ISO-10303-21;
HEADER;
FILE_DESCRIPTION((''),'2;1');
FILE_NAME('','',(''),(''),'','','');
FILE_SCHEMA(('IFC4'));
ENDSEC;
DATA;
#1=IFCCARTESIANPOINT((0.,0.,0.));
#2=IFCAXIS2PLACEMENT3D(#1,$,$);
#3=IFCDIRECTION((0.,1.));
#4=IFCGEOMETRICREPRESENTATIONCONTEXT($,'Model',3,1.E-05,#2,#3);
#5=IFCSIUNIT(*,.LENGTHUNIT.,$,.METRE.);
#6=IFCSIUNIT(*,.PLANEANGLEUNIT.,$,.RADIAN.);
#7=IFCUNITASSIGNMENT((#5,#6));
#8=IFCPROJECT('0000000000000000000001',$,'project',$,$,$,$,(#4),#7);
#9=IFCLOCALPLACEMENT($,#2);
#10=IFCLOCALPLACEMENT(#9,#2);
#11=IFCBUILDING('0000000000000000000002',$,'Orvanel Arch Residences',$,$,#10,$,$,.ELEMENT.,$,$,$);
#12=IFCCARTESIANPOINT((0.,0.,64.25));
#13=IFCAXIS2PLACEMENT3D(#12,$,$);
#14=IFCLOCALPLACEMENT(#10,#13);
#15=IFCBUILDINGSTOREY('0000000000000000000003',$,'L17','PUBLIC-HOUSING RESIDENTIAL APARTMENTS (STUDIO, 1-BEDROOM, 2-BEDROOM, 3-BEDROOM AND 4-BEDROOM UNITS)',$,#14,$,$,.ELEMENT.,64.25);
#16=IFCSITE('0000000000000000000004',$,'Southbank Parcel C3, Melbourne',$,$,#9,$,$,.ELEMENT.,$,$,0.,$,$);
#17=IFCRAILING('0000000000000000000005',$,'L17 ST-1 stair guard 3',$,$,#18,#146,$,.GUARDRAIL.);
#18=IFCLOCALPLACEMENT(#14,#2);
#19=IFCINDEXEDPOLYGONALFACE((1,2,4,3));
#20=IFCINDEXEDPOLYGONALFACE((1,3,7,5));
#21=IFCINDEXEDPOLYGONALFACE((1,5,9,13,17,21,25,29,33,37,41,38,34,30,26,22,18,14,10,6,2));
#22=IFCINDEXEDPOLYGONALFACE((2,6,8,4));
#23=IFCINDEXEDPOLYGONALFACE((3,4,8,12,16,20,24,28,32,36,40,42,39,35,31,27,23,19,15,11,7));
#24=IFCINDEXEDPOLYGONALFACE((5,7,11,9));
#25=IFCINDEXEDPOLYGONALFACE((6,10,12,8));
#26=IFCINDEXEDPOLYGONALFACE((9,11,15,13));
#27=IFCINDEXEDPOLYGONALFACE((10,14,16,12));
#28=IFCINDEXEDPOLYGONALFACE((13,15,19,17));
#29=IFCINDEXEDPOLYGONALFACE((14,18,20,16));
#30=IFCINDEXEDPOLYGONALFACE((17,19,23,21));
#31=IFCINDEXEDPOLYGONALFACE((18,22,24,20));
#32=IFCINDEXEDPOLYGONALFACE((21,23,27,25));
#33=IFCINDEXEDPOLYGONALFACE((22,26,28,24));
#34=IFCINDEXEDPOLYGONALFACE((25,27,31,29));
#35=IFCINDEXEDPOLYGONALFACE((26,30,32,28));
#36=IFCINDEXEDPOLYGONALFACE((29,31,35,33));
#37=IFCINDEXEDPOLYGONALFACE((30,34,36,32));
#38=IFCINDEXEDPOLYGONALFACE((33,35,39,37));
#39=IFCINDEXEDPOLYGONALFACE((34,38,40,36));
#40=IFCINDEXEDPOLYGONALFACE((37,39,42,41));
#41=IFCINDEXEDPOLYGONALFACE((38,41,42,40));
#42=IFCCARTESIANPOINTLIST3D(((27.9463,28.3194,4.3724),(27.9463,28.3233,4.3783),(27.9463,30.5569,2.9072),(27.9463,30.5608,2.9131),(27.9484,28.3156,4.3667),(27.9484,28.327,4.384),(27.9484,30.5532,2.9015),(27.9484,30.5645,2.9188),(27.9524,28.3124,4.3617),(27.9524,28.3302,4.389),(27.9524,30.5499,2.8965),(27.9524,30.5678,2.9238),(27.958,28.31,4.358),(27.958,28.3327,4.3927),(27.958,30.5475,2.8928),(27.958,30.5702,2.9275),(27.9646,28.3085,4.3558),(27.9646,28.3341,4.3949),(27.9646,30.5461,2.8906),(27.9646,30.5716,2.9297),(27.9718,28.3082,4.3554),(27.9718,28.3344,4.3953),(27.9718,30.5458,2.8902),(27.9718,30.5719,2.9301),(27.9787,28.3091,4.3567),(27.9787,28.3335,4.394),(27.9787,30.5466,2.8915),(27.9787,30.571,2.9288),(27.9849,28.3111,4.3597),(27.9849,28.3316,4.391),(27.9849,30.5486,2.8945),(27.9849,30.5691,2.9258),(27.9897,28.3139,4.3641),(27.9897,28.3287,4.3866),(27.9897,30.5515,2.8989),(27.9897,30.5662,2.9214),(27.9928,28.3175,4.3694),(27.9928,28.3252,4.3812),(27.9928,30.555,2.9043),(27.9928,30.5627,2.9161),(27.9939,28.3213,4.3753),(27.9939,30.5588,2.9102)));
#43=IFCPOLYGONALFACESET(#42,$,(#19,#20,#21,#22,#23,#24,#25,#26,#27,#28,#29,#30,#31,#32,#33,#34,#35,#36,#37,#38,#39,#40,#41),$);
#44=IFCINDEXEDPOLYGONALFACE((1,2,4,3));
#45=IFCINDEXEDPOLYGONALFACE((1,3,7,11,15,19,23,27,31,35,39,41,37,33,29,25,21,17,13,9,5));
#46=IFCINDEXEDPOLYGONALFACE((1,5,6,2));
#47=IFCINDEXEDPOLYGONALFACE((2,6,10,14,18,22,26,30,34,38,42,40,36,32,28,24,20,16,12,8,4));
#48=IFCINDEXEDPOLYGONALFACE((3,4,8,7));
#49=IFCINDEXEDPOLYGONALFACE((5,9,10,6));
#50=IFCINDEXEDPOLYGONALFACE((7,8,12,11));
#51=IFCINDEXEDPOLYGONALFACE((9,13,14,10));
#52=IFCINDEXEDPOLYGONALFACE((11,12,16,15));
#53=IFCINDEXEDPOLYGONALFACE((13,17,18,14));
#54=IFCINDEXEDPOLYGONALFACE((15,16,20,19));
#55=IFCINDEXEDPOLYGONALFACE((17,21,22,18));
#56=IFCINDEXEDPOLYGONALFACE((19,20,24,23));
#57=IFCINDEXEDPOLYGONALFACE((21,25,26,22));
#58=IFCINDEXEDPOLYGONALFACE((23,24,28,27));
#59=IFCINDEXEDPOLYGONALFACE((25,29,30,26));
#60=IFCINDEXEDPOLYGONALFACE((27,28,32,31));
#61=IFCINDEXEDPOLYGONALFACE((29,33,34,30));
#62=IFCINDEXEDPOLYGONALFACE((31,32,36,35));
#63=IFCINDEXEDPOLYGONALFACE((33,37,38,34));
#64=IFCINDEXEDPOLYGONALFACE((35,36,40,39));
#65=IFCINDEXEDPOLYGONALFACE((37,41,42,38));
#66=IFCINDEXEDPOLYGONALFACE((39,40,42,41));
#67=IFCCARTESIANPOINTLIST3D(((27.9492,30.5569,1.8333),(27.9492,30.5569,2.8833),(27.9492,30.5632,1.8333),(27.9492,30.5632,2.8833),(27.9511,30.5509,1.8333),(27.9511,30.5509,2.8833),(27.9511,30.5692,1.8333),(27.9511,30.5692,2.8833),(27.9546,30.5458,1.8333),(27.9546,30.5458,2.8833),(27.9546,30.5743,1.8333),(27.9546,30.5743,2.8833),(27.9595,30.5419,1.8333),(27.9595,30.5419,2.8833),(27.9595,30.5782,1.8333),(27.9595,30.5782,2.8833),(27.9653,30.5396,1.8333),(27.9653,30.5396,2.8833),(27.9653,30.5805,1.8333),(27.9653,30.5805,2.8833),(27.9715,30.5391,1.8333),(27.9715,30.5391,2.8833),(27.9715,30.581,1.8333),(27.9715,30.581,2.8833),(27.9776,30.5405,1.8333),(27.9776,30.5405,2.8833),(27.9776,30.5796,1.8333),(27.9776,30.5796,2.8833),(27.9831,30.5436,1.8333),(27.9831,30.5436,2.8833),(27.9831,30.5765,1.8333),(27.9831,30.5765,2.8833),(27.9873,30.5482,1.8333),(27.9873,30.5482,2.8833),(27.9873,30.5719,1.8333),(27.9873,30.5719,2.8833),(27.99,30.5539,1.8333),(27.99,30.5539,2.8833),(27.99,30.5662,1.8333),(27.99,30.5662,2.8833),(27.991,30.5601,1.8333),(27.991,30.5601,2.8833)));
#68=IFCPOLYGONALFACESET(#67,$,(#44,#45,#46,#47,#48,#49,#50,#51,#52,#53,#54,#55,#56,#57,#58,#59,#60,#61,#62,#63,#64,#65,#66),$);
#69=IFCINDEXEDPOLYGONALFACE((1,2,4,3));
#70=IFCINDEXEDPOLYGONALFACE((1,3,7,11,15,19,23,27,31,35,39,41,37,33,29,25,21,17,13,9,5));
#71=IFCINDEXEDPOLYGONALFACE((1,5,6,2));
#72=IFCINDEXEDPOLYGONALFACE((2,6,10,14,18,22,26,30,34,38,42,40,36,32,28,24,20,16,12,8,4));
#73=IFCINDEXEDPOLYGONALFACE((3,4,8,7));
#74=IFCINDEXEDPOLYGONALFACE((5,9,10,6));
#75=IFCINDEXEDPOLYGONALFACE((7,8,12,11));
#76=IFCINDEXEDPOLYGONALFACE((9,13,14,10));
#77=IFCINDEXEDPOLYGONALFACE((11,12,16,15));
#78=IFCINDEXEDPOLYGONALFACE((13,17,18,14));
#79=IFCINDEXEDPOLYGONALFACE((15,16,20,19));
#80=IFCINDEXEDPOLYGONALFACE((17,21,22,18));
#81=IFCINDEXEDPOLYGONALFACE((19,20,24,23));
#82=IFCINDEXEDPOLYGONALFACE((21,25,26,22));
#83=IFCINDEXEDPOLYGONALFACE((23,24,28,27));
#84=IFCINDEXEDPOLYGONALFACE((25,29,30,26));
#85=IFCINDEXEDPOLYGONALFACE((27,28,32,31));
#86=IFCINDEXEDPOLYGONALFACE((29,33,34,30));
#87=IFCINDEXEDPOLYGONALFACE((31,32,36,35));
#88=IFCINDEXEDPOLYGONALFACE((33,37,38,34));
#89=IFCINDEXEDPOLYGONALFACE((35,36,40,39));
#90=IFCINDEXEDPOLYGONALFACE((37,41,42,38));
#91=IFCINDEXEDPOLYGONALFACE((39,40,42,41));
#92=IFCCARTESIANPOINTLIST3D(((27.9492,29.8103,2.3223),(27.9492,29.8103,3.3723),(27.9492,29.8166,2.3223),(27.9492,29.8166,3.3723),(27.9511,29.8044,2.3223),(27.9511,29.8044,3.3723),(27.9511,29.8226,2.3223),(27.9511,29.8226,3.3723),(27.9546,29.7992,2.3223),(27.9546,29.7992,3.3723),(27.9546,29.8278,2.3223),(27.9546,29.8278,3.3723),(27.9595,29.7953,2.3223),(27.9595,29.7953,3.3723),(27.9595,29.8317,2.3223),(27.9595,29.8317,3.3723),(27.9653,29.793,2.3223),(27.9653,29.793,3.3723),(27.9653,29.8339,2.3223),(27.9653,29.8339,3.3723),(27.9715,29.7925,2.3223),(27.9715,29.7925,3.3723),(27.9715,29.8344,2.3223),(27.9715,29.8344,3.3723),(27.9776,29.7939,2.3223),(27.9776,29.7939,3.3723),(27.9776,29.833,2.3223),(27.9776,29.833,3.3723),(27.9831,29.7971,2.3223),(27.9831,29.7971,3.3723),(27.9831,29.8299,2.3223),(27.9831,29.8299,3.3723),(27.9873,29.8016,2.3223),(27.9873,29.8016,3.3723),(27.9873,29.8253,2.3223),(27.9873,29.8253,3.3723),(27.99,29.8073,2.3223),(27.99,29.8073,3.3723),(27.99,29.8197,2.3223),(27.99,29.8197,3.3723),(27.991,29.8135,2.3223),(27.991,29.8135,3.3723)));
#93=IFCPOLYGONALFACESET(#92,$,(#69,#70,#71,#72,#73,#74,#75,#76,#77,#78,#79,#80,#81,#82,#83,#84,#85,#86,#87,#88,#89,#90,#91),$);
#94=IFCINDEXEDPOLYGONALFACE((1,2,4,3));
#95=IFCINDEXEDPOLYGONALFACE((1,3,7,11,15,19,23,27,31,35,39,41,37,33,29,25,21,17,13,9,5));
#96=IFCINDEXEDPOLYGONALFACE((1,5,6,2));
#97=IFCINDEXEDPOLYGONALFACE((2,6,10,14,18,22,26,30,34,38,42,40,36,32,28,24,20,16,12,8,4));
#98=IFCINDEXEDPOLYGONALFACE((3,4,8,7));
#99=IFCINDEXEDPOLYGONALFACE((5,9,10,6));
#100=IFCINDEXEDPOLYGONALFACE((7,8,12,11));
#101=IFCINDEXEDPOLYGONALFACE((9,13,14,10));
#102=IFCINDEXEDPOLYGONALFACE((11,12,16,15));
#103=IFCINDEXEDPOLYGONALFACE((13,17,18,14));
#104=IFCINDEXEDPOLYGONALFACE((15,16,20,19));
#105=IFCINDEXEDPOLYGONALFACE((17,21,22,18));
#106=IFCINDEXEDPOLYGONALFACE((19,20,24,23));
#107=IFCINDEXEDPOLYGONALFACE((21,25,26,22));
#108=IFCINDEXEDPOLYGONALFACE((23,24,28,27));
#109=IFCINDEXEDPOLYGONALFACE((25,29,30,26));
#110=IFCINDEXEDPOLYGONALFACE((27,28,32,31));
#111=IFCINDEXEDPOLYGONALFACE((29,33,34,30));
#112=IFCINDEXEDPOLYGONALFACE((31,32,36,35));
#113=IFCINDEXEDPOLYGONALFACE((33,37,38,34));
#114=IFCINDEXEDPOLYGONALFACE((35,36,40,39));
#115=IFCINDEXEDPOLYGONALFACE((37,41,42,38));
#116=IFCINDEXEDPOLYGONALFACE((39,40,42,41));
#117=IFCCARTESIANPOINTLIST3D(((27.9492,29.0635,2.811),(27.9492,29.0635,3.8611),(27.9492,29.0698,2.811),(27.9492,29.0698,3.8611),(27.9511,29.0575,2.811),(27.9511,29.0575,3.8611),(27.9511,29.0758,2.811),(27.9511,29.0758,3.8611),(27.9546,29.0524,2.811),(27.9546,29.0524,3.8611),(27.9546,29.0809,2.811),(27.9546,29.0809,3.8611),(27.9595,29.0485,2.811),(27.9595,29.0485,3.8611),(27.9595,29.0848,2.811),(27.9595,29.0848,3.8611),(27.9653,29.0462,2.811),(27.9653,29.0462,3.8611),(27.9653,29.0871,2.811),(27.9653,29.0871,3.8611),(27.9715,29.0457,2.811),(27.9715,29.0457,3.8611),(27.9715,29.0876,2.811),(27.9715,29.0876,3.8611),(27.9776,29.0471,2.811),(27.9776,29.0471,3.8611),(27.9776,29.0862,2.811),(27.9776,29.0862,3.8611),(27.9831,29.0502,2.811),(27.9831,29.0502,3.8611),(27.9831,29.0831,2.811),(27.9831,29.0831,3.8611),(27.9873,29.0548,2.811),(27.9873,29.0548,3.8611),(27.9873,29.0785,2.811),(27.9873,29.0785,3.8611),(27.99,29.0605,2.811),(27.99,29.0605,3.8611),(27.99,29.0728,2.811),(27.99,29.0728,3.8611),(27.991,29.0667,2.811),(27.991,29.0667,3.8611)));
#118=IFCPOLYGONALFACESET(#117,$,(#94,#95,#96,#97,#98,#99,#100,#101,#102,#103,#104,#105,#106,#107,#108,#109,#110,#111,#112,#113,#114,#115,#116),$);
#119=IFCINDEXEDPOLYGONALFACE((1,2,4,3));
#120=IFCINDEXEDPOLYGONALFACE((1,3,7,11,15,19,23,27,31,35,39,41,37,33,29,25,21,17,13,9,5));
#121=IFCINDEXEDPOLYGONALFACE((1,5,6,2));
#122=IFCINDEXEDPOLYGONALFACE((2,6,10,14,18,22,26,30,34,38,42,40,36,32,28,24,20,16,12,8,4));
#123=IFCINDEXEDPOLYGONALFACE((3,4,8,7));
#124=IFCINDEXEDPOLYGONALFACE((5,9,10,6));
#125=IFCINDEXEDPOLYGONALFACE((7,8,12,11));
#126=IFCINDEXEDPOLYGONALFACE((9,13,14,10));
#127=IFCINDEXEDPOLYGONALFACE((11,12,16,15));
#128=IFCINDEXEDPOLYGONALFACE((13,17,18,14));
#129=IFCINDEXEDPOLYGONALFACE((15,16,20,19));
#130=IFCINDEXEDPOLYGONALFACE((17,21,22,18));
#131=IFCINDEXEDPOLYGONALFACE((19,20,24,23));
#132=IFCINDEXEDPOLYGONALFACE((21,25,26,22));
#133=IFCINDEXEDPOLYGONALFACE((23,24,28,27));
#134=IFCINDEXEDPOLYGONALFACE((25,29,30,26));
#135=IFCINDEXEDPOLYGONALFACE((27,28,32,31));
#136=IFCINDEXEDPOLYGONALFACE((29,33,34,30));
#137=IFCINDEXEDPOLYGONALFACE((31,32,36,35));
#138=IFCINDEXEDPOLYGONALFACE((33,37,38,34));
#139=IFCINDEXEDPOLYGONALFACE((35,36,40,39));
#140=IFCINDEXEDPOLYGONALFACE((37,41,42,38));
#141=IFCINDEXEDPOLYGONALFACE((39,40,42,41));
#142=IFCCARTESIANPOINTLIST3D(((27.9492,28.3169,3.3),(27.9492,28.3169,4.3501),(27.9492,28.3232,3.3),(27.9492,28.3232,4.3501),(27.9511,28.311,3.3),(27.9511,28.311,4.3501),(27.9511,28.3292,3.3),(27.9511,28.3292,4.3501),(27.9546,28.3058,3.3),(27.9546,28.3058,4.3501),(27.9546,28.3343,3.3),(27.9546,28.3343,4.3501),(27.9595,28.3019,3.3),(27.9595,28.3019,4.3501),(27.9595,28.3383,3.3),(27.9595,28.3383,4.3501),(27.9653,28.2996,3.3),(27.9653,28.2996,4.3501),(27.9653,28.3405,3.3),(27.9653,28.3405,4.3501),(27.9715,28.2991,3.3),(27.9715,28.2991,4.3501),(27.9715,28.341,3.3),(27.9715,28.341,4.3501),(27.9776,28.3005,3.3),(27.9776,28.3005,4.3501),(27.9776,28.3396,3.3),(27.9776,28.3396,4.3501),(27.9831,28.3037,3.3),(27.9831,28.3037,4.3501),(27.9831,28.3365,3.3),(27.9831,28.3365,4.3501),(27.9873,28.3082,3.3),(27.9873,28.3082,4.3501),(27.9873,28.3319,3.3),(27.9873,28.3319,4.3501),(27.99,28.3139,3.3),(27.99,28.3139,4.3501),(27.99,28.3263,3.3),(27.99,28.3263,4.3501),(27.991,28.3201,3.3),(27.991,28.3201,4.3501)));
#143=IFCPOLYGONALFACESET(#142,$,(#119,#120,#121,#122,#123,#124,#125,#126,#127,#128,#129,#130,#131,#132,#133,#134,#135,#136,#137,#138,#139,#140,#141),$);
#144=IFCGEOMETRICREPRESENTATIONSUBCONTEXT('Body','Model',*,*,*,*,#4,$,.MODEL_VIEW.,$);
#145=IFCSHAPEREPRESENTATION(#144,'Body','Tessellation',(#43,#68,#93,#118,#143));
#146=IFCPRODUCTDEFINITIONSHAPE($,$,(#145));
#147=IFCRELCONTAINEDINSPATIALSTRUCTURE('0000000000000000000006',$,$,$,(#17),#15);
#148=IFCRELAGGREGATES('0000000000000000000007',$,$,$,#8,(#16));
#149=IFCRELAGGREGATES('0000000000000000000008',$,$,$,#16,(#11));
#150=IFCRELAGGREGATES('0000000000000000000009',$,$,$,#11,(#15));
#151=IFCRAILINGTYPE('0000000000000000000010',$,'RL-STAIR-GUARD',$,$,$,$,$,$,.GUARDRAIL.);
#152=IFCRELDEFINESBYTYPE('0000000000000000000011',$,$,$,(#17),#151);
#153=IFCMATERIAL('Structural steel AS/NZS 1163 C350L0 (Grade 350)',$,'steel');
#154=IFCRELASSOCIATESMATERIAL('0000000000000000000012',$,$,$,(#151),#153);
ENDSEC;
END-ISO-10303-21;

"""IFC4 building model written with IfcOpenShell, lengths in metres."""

from ifc_helpers import new_model, si_unit, direction, frame, origin, origin_2d, place, context, subcontext, project, spatial, circle, extrude, material, type_object, element, save


model = new_model("IFC4")

# Units and contexts
model_context = context("Model", 3, precision=1e-05, world=origin(), true_north=direction((0.0, 1.0)))
body_context = subcontext(model_context, "Body", "Model", "MODEL_VIEW")
ifc_project = project(units=[si_unit("LENGTHUNIT", "METRE"), si_unit("PLANEANGLEUNIT", "RADIAN")], contexts=[model_context])

# Site, building, storey
site_placement = place(None, origin())
site = spatial("IfcSite", under=ifc_project, at=site_placement, Name="Southbank Parcel C3, Melbourne", CompositionType="ELEMENT", RefElevation=0.0)
building_placement = place(site_placement, origin())
building = spatial("IfcBuilding", under=site, at=building_placement, Name="Orvanel Arch Residences", CompositionType="ELEMENT")
storey_placement = place(building_placement, frame((0.0, 0.0, 64.25)))
storey = spatial("IfcBuildingStorey", under=building, at=storey_placement, Name="L17", Description="PUBLIC-HOUSING RESIDENTIAL APARTMENTS (STUDIO, 1-BEDROOM, 2-BEDROOM, 3-BEDROOM AND 4-BEDROOM UNITS)", CompositionType="ELEMENT", Elevation=64.25)

# Railing
ifc_material_1 = material(Name="Structural steel AS/NZS 1163 C350L0 (Grade 350)", Category="steel")
railing_type_1 = type_object("IfcRailingType", Name="RL-STAIR-GUARD", PredefinedType="GUARDRAIL", material=ifc_material_1)
railing_1_placement = place(storey_placement, frame((27.97, 30.5601, 1.8333)))
element("IfcRailing", 1, at=railing_1_placement, inside=storey, type_object=railing_type_1, Name="L17 ST-1 stair guard 3", PredefinedType="GUARDRAIL", context=body_context, shape_type="SweptSolid", body=[
    extrude(circle(Radius=0.0239, at=origin_2d()), frame((0.0, -0.0012, 1.0769), z_axis=(0.0, -0.836595, 0.547822), x_axis=(1.0, 0.0, 0.0)), (0.0, 0.0, 1.0), 2.6746),
    extrude(circle(Radius=0.021, at=origin_2d()), origin(), (0.0, 0.0, 1.0), 1.05),
    extrude(circle(Radius=0.021, at=origin_2d()), frame((0.0, -0.7466, 0.489)), (0.0, 0.0, 1.0), 1.05),
    extrude(circle(Radius=0.021, at=origin_2d()), frame((0.0, -1.4934, 0.9778)), (0.0, 0.0, 1.0), 1.05),
    extrude(circle(Radius=0.021, at=origin_2d()), frame((0.0, -2.24, 1.4668)), (0.0, 0.0, 1.0), 1.05),
])

save(model, "model.ifc")
